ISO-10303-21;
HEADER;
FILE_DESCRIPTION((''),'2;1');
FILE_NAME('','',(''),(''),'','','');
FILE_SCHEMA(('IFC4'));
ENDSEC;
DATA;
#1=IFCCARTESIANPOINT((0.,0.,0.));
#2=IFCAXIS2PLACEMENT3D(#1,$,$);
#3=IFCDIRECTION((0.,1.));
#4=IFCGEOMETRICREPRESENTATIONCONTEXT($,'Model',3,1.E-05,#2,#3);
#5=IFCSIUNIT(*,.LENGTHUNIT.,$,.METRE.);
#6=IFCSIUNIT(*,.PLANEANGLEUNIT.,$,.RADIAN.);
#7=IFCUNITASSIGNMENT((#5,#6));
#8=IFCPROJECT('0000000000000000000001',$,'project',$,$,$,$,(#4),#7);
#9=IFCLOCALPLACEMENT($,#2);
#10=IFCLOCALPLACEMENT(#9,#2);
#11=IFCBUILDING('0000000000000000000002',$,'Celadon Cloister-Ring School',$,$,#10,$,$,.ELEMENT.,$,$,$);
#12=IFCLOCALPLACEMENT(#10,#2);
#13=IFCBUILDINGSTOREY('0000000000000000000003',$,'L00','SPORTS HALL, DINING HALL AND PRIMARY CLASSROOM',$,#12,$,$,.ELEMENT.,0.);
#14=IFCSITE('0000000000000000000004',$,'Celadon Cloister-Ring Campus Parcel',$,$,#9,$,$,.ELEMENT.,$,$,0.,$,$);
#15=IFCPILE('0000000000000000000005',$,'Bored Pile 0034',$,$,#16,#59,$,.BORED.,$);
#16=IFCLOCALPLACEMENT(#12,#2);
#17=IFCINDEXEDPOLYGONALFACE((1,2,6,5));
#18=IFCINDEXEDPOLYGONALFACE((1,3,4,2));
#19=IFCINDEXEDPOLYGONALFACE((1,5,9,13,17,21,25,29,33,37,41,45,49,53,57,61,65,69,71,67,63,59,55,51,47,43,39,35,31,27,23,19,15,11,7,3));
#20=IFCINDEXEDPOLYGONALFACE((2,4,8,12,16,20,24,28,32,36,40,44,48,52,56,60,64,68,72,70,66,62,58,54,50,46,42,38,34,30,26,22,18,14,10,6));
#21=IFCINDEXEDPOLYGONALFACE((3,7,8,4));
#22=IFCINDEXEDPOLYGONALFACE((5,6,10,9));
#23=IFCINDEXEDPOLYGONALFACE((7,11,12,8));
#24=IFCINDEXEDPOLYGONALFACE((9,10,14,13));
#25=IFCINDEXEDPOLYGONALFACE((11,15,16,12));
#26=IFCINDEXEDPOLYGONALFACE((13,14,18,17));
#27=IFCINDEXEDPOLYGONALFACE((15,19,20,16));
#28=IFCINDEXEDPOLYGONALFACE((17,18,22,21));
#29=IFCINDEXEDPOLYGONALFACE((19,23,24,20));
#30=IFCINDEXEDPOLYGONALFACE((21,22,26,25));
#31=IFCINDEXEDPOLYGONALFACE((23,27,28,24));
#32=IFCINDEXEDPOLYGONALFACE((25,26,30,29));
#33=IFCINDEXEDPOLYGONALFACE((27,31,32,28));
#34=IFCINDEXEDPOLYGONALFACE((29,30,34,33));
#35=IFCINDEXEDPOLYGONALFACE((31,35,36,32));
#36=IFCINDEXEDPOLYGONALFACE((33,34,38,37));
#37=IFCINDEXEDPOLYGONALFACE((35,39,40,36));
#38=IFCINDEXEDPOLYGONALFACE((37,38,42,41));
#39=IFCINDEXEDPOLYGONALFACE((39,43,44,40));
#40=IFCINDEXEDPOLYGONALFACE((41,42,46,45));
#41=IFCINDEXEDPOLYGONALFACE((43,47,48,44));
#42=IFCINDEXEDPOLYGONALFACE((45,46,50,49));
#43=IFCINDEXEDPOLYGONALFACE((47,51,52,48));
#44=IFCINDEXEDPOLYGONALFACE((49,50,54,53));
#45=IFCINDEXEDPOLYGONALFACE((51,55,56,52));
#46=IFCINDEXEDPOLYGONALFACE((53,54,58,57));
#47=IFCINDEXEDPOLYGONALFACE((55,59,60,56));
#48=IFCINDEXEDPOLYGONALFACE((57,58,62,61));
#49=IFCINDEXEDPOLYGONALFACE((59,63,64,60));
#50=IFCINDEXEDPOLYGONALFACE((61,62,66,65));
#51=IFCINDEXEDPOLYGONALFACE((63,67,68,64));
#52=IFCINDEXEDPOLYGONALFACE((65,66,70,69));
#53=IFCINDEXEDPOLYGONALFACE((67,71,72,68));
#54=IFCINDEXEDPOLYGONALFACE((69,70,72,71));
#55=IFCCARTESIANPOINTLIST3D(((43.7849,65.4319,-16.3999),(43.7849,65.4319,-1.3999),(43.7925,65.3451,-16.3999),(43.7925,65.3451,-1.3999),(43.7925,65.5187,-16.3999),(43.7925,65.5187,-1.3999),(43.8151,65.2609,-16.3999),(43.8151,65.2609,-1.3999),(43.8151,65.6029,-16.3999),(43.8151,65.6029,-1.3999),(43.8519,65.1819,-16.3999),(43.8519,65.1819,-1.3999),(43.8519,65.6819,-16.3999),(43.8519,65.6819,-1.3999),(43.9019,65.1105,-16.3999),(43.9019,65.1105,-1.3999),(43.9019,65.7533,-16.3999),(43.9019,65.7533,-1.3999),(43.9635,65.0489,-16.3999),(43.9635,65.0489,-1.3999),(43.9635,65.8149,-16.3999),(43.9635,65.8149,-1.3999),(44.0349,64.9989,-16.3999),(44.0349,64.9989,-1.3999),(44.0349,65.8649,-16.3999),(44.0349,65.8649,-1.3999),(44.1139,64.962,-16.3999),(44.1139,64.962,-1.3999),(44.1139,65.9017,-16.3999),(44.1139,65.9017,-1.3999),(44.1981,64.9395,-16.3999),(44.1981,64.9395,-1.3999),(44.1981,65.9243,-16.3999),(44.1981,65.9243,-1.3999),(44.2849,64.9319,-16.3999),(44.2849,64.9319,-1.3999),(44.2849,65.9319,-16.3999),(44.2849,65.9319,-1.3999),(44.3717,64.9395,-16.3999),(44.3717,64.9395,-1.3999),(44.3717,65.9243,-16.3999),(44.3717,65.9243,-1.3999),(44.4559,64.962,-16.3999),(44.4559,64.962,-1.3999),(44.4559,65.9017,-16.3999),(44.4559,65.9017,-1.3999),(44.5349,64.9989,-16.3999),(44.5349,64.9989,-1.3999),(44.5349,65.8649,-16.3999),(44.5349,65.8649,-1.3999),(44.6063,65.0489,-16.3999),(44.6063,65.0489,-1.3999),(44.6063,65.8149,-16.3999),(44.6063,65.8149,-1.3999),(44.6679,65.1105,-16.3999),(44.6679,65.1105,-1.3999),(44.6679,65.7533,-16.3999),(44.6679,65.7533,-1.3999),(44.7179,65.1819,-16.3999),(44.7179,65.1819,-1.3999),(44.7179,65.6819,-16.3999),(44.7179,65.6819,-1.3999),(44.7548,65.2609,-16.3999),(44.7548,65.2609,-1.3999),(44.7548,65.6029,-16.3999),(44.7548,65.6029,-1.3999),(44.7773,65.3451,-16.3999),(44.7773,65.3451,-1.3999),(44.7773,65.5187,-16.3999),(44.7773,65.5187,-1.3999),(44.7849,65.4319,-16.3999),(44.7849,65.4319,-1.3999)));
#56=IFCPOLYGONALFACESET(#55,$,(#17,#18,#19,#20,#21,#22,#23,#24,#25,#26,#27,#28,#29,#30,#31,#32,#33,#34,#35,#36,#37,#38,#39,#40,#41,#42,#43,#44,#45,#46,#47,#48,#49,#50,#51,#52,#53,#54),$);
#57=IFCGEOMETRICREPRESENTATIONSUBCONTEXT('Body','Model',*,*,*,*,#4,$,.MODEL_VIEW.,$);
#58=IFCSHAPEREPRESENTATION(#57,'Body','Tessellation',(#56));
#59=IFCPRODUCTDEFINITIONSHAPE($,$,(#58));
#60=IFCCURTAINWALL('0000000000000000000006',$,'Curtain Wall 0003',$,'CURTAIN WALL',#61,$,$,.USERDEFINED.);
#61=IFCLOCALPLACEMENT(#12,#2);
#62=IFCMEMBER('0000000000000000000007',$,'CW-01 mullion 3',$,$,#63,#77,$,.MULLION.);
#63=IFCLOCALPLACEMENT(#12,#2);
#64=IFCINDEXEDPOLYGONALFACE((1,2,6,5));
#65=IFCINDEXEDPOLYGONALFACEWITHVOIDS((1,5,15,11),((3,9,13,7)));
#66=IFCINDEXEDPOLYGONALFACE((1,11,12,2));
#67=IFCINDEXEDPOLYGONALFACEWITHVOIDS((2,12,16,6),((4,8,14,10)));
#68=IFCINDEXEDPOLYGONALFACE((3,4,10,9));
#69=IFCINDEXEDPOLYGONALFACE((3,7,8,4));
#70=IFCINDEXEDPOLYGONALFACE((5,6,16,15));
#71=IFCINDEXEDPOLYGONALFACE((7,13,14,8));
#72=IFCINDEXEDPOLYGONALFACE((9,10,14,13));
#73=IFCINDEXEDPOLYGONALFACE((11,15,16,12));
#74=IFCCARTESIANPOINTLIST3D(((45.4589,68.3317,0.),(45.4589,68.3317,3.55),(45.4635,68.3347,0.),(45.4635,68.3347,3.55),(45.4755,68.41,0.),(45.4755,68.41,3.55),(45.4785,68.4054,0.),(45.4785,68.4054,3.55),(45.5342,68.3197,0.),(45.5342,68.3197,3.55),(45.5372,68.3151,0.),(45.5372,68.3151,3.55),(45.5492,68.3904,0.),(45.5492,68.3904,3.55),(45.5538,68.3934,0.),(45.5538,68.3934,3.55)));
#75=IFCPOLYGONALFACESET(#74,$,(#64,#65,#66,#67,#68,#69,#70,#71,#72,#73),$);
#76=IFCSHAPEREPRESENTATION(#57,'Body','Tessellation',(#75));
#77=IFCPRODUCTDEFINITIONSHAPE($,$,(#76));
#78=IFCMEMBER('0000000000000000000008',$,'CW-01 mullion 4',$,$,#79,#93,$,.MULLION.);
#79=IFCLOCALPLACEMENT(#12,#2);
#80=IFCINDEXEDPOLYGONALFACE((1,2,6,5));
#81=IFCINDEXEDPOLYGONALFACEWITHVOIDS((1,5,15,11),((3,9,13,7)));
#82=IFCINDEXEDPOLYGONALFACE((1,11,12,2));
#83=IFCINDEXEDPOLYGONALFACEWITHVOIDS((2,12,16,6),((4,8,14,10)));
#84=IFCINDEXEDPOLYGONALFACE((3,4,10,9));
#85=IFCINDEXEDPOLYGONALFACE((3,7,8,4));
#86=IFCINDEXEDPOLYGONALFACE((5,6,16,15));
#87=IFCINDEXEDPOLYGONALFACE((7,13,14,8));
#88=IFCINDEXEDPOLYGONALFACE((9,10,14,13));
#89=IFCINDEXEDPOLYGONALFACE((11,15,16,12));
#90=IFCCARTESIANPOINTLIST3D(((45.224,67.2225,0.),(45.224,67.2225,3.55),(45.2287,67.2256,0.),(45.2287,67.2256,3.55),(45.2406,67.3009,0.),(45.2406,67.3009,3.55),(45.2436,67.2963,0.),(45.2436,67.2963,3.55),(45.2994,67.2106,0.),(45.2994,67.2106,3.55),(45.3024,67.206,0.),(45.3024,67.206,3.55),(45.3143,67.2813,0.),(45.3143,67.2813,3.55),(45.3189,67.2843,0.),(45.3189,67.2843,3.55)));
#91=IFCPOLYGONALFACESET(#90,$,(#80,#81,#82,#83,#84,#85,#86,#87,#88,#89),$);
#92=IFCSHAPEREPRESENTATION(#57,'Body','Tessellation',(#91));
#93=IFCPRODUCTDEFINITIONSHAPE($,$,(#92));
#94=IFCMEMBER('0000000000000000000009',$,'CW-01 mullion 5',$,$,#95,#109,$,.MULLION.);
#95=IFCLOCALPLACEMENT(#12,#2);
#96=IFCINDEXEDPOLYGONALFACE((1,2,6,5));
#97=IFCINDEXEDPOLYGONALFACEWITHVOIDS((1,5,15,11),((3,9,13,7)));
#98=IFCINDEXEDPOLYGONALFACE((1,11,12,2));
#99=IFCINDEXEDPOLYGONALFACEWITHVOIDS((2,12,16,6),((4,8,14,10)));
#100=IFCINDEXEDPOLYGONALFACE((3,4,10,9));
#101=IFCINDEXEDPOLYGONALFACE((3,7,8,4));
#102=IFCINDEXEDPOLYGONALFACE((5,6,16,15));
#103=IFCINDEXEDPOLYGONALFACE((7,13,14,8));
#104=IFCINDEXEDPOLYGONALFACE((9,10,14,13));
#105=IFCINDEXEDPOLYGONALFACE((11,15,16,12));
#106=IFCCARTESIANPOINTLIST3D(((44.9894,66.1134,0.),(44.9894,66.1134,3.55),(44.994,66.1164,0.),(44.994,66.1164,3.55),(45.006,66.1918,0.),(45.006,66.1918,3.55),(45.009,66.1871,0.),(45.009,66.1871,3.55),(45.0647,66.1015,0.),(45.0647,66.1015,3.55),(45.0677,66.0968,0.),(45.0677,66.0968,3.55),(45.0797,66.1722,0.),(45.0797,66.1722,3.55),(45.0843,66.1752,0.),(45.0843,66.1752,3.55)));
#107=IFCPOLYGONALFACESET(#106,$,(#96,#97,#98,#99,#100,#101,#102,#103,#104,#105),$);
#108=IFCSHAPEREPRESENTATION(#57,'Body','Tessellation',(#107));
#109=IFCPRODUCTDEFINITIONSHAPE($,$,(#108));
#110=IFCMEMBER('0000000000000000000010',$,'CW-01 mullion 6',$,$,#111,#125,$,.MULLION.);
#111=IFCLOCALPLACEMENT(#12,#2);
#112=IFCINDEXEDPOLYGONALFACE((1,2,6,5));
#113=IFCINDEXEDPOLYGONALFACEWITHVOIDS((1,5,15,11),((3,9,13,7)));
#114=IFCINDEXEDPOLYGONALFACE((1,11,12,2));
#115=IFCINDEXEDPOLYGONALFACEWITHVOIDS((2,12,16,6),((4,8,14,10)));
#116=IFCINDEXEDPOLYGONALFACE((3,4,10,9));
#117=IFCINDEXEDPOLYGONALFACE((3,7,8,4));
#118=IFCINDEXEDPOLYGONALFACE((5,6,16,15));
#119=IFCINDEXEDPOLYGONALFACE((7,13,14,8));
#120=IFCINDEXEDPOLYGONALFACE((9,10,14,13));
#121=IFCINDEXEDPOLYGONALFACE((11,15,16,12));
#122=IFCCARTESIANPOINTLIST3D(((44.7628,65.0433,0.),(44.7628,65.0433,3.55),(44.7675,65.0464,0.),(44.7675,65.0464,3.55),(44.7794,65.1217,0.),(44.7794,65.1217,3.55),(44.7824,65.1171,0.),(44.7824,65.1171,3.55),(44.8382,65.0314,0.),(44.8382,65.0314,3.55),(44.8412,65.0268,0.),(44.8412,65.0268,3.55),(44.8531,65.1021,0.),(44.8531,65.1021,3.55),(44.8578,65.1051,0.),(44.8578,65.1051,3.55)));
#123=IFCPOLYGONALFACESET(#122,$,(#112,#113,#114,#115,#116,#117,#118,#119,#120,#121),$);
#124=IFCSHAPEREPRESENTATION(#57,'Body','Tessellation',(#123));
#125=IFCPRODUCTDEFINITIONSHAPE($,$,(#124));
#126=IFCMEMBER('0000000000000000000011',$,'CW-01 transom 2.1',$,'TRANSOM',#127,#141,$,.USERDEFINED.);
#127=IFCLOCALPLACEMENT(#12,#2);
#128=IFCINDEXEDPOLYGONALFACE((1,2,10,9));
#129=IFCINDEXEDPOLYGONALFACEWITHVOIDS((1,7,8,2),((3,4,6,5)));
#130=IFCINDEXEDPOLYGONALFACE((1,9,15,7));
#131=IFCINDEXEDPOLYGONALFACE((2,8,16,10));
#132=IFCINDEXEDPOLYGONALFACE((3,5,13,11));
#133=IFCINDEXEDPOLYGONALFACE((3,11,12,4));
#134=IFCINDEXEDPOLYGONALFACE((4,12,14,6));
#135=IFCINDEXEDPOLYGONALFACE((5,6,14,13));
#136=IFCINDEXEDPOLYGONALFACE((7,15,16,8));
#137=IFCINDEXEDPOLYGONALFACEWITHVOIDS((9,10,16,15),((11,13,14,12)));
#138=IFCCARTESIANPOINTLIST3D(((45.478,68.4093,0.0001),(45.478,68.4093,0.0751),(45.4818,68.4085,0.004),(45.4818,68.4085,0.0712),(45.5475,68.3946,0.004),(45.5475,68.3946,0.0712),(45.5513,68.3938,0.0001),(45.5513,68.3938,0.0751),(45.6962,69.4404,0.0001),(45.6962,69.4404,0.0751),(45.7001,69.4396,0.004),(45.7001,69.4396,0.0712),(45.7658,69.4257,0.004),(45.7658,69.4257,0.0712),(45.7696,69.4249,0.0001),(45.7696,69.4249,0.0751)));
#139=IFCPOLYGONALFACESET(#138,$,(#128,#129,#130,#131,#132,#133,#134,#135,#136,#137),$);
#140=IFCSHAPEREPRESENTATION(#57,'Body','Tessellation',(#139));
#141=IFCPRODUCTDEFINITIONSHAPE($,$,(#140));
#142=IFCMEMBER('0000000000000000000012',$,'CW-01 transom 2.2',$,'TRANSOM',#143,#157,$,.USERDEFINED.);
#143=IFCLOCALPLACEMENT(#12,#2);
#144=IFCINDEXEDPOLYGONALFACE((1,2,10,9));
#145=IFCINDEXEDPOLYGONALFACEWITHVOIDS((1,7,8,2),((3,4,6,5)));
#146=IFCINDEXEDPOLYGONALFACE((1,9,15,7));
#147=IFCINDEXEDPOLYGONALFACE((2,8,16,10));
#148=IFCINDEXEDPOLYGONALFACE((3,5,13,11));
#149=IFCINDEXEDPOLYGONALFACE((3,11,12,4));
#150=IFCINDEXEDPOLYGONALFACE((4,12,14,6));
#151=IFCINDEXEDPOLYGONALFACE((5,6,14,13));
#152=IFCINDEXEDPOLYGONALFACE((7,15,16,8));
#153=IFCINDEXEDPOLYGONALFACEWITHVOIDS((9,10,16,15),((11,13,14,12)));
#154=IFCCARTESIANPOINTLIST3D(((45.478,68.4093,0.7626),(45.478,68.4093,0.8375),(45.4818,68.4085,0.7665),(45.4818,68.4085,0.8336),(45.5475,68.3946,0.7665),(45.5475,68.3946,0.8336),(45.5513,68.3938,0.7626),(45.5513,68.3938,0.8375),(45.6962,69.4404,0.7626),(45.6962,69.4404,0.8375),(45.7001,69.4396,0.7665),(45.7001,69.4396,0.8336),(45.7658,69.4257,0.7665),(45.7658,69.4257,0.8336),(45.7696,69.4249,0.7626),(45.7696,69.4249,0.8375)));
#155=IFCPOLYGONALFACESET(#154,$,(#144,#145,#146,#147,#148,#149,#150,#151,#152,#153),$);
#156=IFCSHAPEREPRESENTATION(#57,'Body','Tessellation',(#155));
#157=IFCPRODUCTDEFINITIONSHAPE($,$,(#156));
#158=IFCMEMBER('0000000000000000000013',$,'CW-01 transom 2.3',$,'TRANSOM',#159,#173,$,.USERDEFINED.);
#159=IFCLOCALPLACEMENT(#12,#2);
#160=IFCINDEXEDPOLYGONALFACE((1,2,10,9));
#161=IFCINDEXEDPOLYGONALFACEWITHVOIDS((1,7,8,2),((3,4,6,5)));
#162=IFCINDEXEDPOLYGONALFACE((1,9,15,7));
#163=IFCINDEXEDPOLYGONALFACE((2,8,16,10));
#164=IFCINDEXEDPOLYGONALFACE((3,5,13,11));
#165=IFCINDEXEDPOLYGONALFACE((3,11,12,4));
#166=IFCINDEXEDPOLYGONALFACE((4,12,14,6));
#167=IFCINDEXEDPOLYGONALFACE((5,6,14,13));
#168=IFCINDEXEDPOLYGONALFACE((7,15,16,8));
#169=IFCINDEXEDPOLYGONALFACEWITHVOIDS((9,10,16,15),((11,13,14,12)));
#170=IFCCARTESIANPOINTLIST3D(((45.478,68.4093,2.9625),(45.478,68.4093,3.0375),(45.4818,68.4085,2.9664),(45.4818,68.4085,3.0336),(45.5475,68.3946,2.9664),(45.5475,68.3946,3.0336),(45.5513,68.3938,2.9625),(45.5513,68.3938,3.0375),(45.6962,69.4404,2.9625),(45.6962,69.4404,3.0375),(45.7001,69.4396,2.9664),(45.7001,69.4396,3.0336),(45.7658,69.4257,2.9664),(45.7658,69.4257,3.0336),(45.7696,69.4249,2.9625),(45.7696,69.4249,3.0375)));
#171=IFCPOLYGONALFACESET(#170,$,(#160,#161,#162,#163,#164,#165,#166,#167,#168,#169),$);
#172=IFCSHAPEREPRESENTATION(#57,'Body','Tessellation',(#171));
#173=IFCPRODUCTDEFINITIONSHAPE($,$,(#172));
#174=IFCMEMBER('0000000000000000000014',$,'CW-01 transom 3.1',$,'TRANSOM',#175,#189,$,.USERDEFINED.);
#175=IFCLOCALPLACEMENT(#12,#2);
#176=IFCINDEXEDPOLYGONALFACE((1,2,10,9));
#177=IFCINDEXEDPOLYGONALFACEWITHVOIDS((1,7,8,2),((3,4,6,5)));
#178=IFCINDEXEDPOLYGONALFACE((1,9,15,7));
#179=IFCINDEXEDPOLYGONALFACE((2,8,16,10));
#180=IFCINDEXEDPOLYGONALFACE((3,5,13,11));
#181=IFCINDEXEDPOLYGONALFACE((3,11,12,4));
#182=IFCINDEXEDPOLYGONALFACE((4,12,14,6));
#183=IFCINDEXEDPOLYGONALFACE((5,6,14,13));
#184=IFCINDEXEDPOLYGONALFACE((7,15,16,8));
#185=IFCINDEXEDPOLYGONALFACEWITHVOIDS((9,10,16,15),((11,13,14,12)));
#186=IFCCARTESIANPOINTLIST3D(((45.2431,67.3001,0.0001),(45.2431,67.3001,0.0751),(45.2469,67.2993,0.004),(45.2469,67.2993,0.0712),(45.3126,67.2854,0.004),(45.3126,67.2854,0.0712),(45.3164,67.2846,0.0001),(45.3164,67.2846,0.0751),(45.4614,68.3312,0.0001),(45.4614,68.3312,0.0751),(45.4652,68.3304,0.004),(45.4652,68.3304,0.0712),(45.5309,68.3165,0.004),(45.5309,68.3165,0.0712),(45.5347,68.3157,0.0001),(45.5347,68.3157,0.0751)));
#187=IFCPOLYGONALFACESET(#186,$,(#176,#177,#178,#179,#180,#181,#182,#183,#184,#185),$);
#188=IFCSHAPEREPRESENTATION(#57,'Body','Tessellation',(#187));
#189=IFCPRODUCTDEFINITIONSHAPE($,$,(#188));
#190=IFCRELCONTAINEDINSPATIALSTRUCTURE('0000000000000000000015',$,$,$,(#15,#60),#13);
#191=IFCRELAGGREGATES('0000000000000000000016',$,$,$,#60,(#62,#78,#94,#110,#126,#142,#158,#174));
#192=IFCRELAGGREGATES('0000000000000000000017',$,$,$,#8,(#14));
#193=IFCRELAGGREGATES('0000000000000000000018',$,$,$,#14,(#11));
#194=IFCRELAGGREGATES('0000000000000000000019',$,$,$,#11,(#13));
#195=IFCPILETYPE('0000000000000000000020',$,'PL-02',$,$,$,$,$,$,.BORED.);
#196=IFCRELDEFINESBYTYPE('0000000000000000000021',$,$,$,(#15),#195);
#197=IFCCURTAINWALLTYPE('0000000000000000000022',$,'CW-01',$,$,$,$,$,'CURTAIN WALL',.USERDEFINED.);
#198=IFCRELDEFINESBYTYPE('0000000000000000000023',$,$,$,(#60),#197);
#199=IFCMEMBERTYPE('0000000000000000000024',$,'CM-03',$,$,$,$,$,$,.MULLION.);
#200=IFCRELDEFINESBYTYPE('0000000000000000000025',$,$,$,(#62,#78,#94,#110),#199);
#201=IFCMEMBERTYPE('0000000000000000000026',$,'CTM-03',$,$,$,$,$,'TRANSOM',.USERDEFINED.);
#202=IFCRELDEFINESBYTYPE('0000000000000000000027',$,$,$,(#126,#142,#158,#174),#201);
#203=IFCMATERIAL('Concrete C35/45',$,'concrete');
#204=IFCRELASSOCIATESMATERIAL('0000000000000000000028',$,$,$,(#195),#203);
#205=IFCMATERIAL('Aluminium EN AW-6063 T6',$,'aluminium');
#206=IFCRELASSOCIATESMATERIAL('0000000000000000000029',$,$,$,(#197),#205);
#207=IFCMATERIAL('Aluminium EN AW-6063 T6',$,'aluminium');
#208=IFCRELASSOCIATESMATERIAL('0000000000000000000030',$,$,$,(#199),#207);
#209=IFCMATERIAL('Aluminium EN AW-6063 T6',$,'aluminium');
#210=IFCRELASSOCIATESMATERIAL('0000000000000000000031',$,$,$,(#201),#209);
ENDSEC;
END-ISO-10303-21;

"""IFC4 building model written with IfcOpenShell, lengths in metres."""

from ifc_helpers import new_model, si_unit, direction, frame, origin, origin_2d, place, context, subcontext, project, spatial, hollow_rectangle, circle, extrude, material, material_profile, profile_set, type_object, element, aggregate, save


model = new_model("IFC4")

# Units and contexts
model_context = context("Model", 3, precision=1e-05, world=origin(), true_north=direction((0.0, 1.0)))
body_context = subcontext(model_context, "Body", "Model", "MODEL_VIEW")
ifc_project = project(units=[si_unit("LENGTHUNIT", "METRE"), si_unit("PLANEANGLEUNIT", "RADIAN")], contexts=[model_context])

# Site, building, storey
site_placement = place(None, origin())
site = spatial("IfcSite", under=ifc_project, at=site_placement, Name="Celadon Cloister-Ring Campus Parcel", CompositionType="ELEMENT", RefElevation=0.0)
building_placement = place(site_placement, origin())
building = spatial("IfcBuilding", under=site, at=building_placement, Name="Celadon Cloister-Ring School", CompositionType="ELEMENT")
storey_placement = place(building_placement, origin())
storey = spatial("IfcBuildingStorey", under=building, at=storey_placement, Name="L00", Description="SPORTS HALL, DINING HALL AND PRIMARY CLASSROOM", CompositionType="ELEMENT", Elevation=0.0)

# Pile
ifc_material_1 = material(Name="Concrete C35/45", Category="concrete")
ifc_material_profile_1 = material_profile(ifc_material_1, circle(Radius=0.5, at=origin_2d()), Name="PILE1000")
ifc_profile_set_1 = profile_set([ifc_material_profile_1], Name="Concrete C35/45")
pile_type = type_object("IfcPileType", Name="PL-02", PredefinedType="BORED", material=ifc_profile_set_1)
pile_placement = place(storey_placement, frame((44.2849, 65.4319, -1.3999), z_axis=(0.0, 0.0, -1.0), x_axis=(1.0, 0.0, 0.0)))
element("IfcPile", 1, at=pile_placement, inside=storey, type_object=pile_type, Name="Bored Pile 0034", PredefinedType="BORED", context=body_context, shape_type="SweptSolid", body=[
    extrude(circle(Radius=0.5, at=origin_2d()), origin(), (0.0, 0.0, 1.0), 15.0),
])

# Curtain wall, members
ifc_material_2 = material(Name="Aluminium EN AW-6063 T6", Category="aluminium")
curtain_wall_type = type_object("IfcCurtainWallType", Name="CW-01", ElementType="CURTAIN WALL", PredefinedType="USERDEFINED", material=ifc_material_2)
curtain_wall_placement = place(storey_placement, origin())
curtain_wall = element("IfcCurtainWall", 2, at=curtain_wall_placement, inside=storey, type_object=curtain_wall_type, Name="Curtain Wall 0003", ObjectType="CURTAIN WALL", PredefinedType="USERDEFINED")
ifc_material_3 = material(Name="Aluminium EN AW-6063 T6", Category="aluminium")
ifc_material_profile_2 = material_profile(ifc_material_3, hollow_rectangle(XDim=0.0801, YDim=0.0801, WallThickness=0.0039, at=origin_2d()), Name="RHS80X80X4")
ifc_profile_set_2 = profile_set([ifc_material_profile_2], Name="Aluminium EN AW-6063 T6")
member_type_1 = type_object("IfcMemberType", Name="CM-03", PredefinedType="MULLION", material=ifc_profile_set_2)
member_1_placement = place(storey_placement, frame((45.5063, 68.3625, 0.0), z_axis=(0.0, 0.0, 1.0), x_axis=(0.978321, -0.207095, 0.0)))
member_1 = element("IfcMember", 3, at=member_1_placement, type_object=member_type_1, Name="CW-01 mullion 3", PredefinedType="MULLION", context=body_context, shape_type="SweptSolid", body=[
    extrude(hollow_rectangle(XDim=0.0801, YDim=0.0801, WallThickness=0.0039, at=origin_2d()), origin(), (0.0, 0.0, 1.0), 3.55),
])
member_2_placement = place(storey_placement, frame((45.2715, 67.2534, 0.0), z_axis=(0.0, 0.0, 1.0), x_axis=(0.978321, -0.207095, 0.0)))
member_2 = element("IfcMember", 4, at=member_2_placement, type_object=member_type_1, Name="CW-01 mullion 4", PredefinedType="MULLION", context=body_context, shape_type="SweptSolid", body=[
    extrude(hollow_rectangle(XDim=0.0801, YDim=0.0801, WallThickness=0.0039, at=origin_2d()), origin(), (0.0, 0.0, 1.0), 3.55),
])
member_3_placement = place(storey_placement, frame((45.0369, 66.1443, 0.0), z_axis=(0.0, 0.0, 1.0), x_axis=(0.978321, -0.207095, 0.0)))
member_3 = element("IfcMember", 5, at=member_3_placement, type_object=member_type_1, Name="CW-01 mullion 5", PredefinedType="MULLION", context=body_context, shape_type="SweptSolid", body=[
    extrude(hollow_rectangle(XDim=0.0801, YDim=0.0801, WallThickness=0.0039, at=origin_2d()), origin(), (0.0, 0.0, 1.0), 3.55),
])
member_4_placement = place(storey_placement, frame((44.8103, 65.0742, 0.0), z_axis=(0.0, 0.0, 1.0), x_axis=(0.978321, -0.207095, 0.0)))
member_4 = element("IfcMember", 6, at=member_4_placement, type_object=member_type_1, Name="CW-01 mullion 6", PredefinedType="MULLION", context=body_context, shape_type="SweptSolid", body=[
    extrude(hollow_rectangle(XDim=0.0801, YDim=0.0801, WallThickness=0.0039, at=origin_2d()), origin(), (0.0, 0.0, 1.0), 3.55),
])
ifc_material_4 = material(Name="Aluminium EN AW-6063 T6", Category="aluminium")
ifc_material_profile_3 = material_profile(ifc_material_4, hollow_rectangle(XDim=0.075, YDim=0.075, WallThickness=0.0039, at=origin_2d()), Name="RHS75X75X4")
ifc_profile_set_3 = profile_set([ifc_material_profile_3], Name="Aluminium EN AW-6063 T6")
member_type_2 = type_object("IfcMemberType", Name="CTM-03", ElementType="TRANSOM", PredefinedType="USERDEFINED", material=ifc_profile_set_3)
member_5_placement = place(storey_placement, frame((45.7329, 69.4326, 0.0376), z_axis=(-0.207108, -0.978318, 0.0), x_axis=(0.978318, -0.207108, 0.0)))
member_5 = element("IfcMember", 7, at=member_5_placement, type_object=member_type_2, Name="CW-01 transom 2.1", ObjectType="TRANSOM", PredefinedType="USERDEFINED", context=body_context, shape_type="SweptSolid", body=[
    extrude(hollow_rectangle(XDim=0.075, YDim=0.075, WallThickness=0.0039, at=origin_2d()), origin(), (0.0, 0.0, 1.0), 1.054),
])
member_6_placement = place(storey_placement, frame((45.7329, 69.4326, 0.8), z_axis=(-0.207108, -0.978318, 0.0), x_axis=(0.978318, -0.207108, 0.0)))
member_6 = element("IfcMember", 8, at=member_6_placement, type_object=member_type_2, Name="CW-01 transom 2.2", ObjectType="TRANSOM", PredefinedType="USERDEFINED", context=body_context, shape_type="SweptSolid", body=[
    extrude(hollow_rectangle(XDim=0.075, YDim=0.075, WallThickness=0.0039, at=origin_2d()), origin(), (0.0, 0.0, 1.0), 1.054),
])
member_7_placement = place(storey_placement, frame((45.7329, 69.4326, 3.0), z_axis=(-0.207108, -0.978318, 0.0), x_axis=(0.978318, -0.207108, 0.0)))
member_7 = element("IfcMember", 9, at=member_7_placement, type_object=member_type_2, Name="CW-01 transom 2.3", ObjectType="TRANSOM", PredefinedType="USERDEFINED", context=body_context, shape_type="SweptSolid", body=[
    extrude(hollow_rectangle(XDim=0.075, YDim=0.075, WallThickness=0.0039, at=origin_2d()), origin(), (0.0, 0.0, 1.0), 1.054),
])
member_8_placement = place(storey_placement, frame((45.498, 68.3235, 0.0376), z_axis=(-0.207108, -0.978318, 0.0), x_axis=(0.978318, -0.207108, 0.0)))
member_8 = element("IfcMember", 10, at=member_8_placement, type_object=member_type_2, Name="CW-01 transom 3.1", ObjectType="TRANSOM", PredefinedType="USERDEFINED", context=body_context, shape_type="SweptSolid", body=[
    extrude(hollow_rectangle(XDim=0.075, YDim=0.075, WallThickness=0.0039, at=origin_2d()), origin(), (0.0, 0.0, 1.0), 1.054),
])
aggregate(curtain_wall, [member_1, member_2, member_3, member_4, member_5, member_6, member_7, member_8])

save(model, "model.ifc")
